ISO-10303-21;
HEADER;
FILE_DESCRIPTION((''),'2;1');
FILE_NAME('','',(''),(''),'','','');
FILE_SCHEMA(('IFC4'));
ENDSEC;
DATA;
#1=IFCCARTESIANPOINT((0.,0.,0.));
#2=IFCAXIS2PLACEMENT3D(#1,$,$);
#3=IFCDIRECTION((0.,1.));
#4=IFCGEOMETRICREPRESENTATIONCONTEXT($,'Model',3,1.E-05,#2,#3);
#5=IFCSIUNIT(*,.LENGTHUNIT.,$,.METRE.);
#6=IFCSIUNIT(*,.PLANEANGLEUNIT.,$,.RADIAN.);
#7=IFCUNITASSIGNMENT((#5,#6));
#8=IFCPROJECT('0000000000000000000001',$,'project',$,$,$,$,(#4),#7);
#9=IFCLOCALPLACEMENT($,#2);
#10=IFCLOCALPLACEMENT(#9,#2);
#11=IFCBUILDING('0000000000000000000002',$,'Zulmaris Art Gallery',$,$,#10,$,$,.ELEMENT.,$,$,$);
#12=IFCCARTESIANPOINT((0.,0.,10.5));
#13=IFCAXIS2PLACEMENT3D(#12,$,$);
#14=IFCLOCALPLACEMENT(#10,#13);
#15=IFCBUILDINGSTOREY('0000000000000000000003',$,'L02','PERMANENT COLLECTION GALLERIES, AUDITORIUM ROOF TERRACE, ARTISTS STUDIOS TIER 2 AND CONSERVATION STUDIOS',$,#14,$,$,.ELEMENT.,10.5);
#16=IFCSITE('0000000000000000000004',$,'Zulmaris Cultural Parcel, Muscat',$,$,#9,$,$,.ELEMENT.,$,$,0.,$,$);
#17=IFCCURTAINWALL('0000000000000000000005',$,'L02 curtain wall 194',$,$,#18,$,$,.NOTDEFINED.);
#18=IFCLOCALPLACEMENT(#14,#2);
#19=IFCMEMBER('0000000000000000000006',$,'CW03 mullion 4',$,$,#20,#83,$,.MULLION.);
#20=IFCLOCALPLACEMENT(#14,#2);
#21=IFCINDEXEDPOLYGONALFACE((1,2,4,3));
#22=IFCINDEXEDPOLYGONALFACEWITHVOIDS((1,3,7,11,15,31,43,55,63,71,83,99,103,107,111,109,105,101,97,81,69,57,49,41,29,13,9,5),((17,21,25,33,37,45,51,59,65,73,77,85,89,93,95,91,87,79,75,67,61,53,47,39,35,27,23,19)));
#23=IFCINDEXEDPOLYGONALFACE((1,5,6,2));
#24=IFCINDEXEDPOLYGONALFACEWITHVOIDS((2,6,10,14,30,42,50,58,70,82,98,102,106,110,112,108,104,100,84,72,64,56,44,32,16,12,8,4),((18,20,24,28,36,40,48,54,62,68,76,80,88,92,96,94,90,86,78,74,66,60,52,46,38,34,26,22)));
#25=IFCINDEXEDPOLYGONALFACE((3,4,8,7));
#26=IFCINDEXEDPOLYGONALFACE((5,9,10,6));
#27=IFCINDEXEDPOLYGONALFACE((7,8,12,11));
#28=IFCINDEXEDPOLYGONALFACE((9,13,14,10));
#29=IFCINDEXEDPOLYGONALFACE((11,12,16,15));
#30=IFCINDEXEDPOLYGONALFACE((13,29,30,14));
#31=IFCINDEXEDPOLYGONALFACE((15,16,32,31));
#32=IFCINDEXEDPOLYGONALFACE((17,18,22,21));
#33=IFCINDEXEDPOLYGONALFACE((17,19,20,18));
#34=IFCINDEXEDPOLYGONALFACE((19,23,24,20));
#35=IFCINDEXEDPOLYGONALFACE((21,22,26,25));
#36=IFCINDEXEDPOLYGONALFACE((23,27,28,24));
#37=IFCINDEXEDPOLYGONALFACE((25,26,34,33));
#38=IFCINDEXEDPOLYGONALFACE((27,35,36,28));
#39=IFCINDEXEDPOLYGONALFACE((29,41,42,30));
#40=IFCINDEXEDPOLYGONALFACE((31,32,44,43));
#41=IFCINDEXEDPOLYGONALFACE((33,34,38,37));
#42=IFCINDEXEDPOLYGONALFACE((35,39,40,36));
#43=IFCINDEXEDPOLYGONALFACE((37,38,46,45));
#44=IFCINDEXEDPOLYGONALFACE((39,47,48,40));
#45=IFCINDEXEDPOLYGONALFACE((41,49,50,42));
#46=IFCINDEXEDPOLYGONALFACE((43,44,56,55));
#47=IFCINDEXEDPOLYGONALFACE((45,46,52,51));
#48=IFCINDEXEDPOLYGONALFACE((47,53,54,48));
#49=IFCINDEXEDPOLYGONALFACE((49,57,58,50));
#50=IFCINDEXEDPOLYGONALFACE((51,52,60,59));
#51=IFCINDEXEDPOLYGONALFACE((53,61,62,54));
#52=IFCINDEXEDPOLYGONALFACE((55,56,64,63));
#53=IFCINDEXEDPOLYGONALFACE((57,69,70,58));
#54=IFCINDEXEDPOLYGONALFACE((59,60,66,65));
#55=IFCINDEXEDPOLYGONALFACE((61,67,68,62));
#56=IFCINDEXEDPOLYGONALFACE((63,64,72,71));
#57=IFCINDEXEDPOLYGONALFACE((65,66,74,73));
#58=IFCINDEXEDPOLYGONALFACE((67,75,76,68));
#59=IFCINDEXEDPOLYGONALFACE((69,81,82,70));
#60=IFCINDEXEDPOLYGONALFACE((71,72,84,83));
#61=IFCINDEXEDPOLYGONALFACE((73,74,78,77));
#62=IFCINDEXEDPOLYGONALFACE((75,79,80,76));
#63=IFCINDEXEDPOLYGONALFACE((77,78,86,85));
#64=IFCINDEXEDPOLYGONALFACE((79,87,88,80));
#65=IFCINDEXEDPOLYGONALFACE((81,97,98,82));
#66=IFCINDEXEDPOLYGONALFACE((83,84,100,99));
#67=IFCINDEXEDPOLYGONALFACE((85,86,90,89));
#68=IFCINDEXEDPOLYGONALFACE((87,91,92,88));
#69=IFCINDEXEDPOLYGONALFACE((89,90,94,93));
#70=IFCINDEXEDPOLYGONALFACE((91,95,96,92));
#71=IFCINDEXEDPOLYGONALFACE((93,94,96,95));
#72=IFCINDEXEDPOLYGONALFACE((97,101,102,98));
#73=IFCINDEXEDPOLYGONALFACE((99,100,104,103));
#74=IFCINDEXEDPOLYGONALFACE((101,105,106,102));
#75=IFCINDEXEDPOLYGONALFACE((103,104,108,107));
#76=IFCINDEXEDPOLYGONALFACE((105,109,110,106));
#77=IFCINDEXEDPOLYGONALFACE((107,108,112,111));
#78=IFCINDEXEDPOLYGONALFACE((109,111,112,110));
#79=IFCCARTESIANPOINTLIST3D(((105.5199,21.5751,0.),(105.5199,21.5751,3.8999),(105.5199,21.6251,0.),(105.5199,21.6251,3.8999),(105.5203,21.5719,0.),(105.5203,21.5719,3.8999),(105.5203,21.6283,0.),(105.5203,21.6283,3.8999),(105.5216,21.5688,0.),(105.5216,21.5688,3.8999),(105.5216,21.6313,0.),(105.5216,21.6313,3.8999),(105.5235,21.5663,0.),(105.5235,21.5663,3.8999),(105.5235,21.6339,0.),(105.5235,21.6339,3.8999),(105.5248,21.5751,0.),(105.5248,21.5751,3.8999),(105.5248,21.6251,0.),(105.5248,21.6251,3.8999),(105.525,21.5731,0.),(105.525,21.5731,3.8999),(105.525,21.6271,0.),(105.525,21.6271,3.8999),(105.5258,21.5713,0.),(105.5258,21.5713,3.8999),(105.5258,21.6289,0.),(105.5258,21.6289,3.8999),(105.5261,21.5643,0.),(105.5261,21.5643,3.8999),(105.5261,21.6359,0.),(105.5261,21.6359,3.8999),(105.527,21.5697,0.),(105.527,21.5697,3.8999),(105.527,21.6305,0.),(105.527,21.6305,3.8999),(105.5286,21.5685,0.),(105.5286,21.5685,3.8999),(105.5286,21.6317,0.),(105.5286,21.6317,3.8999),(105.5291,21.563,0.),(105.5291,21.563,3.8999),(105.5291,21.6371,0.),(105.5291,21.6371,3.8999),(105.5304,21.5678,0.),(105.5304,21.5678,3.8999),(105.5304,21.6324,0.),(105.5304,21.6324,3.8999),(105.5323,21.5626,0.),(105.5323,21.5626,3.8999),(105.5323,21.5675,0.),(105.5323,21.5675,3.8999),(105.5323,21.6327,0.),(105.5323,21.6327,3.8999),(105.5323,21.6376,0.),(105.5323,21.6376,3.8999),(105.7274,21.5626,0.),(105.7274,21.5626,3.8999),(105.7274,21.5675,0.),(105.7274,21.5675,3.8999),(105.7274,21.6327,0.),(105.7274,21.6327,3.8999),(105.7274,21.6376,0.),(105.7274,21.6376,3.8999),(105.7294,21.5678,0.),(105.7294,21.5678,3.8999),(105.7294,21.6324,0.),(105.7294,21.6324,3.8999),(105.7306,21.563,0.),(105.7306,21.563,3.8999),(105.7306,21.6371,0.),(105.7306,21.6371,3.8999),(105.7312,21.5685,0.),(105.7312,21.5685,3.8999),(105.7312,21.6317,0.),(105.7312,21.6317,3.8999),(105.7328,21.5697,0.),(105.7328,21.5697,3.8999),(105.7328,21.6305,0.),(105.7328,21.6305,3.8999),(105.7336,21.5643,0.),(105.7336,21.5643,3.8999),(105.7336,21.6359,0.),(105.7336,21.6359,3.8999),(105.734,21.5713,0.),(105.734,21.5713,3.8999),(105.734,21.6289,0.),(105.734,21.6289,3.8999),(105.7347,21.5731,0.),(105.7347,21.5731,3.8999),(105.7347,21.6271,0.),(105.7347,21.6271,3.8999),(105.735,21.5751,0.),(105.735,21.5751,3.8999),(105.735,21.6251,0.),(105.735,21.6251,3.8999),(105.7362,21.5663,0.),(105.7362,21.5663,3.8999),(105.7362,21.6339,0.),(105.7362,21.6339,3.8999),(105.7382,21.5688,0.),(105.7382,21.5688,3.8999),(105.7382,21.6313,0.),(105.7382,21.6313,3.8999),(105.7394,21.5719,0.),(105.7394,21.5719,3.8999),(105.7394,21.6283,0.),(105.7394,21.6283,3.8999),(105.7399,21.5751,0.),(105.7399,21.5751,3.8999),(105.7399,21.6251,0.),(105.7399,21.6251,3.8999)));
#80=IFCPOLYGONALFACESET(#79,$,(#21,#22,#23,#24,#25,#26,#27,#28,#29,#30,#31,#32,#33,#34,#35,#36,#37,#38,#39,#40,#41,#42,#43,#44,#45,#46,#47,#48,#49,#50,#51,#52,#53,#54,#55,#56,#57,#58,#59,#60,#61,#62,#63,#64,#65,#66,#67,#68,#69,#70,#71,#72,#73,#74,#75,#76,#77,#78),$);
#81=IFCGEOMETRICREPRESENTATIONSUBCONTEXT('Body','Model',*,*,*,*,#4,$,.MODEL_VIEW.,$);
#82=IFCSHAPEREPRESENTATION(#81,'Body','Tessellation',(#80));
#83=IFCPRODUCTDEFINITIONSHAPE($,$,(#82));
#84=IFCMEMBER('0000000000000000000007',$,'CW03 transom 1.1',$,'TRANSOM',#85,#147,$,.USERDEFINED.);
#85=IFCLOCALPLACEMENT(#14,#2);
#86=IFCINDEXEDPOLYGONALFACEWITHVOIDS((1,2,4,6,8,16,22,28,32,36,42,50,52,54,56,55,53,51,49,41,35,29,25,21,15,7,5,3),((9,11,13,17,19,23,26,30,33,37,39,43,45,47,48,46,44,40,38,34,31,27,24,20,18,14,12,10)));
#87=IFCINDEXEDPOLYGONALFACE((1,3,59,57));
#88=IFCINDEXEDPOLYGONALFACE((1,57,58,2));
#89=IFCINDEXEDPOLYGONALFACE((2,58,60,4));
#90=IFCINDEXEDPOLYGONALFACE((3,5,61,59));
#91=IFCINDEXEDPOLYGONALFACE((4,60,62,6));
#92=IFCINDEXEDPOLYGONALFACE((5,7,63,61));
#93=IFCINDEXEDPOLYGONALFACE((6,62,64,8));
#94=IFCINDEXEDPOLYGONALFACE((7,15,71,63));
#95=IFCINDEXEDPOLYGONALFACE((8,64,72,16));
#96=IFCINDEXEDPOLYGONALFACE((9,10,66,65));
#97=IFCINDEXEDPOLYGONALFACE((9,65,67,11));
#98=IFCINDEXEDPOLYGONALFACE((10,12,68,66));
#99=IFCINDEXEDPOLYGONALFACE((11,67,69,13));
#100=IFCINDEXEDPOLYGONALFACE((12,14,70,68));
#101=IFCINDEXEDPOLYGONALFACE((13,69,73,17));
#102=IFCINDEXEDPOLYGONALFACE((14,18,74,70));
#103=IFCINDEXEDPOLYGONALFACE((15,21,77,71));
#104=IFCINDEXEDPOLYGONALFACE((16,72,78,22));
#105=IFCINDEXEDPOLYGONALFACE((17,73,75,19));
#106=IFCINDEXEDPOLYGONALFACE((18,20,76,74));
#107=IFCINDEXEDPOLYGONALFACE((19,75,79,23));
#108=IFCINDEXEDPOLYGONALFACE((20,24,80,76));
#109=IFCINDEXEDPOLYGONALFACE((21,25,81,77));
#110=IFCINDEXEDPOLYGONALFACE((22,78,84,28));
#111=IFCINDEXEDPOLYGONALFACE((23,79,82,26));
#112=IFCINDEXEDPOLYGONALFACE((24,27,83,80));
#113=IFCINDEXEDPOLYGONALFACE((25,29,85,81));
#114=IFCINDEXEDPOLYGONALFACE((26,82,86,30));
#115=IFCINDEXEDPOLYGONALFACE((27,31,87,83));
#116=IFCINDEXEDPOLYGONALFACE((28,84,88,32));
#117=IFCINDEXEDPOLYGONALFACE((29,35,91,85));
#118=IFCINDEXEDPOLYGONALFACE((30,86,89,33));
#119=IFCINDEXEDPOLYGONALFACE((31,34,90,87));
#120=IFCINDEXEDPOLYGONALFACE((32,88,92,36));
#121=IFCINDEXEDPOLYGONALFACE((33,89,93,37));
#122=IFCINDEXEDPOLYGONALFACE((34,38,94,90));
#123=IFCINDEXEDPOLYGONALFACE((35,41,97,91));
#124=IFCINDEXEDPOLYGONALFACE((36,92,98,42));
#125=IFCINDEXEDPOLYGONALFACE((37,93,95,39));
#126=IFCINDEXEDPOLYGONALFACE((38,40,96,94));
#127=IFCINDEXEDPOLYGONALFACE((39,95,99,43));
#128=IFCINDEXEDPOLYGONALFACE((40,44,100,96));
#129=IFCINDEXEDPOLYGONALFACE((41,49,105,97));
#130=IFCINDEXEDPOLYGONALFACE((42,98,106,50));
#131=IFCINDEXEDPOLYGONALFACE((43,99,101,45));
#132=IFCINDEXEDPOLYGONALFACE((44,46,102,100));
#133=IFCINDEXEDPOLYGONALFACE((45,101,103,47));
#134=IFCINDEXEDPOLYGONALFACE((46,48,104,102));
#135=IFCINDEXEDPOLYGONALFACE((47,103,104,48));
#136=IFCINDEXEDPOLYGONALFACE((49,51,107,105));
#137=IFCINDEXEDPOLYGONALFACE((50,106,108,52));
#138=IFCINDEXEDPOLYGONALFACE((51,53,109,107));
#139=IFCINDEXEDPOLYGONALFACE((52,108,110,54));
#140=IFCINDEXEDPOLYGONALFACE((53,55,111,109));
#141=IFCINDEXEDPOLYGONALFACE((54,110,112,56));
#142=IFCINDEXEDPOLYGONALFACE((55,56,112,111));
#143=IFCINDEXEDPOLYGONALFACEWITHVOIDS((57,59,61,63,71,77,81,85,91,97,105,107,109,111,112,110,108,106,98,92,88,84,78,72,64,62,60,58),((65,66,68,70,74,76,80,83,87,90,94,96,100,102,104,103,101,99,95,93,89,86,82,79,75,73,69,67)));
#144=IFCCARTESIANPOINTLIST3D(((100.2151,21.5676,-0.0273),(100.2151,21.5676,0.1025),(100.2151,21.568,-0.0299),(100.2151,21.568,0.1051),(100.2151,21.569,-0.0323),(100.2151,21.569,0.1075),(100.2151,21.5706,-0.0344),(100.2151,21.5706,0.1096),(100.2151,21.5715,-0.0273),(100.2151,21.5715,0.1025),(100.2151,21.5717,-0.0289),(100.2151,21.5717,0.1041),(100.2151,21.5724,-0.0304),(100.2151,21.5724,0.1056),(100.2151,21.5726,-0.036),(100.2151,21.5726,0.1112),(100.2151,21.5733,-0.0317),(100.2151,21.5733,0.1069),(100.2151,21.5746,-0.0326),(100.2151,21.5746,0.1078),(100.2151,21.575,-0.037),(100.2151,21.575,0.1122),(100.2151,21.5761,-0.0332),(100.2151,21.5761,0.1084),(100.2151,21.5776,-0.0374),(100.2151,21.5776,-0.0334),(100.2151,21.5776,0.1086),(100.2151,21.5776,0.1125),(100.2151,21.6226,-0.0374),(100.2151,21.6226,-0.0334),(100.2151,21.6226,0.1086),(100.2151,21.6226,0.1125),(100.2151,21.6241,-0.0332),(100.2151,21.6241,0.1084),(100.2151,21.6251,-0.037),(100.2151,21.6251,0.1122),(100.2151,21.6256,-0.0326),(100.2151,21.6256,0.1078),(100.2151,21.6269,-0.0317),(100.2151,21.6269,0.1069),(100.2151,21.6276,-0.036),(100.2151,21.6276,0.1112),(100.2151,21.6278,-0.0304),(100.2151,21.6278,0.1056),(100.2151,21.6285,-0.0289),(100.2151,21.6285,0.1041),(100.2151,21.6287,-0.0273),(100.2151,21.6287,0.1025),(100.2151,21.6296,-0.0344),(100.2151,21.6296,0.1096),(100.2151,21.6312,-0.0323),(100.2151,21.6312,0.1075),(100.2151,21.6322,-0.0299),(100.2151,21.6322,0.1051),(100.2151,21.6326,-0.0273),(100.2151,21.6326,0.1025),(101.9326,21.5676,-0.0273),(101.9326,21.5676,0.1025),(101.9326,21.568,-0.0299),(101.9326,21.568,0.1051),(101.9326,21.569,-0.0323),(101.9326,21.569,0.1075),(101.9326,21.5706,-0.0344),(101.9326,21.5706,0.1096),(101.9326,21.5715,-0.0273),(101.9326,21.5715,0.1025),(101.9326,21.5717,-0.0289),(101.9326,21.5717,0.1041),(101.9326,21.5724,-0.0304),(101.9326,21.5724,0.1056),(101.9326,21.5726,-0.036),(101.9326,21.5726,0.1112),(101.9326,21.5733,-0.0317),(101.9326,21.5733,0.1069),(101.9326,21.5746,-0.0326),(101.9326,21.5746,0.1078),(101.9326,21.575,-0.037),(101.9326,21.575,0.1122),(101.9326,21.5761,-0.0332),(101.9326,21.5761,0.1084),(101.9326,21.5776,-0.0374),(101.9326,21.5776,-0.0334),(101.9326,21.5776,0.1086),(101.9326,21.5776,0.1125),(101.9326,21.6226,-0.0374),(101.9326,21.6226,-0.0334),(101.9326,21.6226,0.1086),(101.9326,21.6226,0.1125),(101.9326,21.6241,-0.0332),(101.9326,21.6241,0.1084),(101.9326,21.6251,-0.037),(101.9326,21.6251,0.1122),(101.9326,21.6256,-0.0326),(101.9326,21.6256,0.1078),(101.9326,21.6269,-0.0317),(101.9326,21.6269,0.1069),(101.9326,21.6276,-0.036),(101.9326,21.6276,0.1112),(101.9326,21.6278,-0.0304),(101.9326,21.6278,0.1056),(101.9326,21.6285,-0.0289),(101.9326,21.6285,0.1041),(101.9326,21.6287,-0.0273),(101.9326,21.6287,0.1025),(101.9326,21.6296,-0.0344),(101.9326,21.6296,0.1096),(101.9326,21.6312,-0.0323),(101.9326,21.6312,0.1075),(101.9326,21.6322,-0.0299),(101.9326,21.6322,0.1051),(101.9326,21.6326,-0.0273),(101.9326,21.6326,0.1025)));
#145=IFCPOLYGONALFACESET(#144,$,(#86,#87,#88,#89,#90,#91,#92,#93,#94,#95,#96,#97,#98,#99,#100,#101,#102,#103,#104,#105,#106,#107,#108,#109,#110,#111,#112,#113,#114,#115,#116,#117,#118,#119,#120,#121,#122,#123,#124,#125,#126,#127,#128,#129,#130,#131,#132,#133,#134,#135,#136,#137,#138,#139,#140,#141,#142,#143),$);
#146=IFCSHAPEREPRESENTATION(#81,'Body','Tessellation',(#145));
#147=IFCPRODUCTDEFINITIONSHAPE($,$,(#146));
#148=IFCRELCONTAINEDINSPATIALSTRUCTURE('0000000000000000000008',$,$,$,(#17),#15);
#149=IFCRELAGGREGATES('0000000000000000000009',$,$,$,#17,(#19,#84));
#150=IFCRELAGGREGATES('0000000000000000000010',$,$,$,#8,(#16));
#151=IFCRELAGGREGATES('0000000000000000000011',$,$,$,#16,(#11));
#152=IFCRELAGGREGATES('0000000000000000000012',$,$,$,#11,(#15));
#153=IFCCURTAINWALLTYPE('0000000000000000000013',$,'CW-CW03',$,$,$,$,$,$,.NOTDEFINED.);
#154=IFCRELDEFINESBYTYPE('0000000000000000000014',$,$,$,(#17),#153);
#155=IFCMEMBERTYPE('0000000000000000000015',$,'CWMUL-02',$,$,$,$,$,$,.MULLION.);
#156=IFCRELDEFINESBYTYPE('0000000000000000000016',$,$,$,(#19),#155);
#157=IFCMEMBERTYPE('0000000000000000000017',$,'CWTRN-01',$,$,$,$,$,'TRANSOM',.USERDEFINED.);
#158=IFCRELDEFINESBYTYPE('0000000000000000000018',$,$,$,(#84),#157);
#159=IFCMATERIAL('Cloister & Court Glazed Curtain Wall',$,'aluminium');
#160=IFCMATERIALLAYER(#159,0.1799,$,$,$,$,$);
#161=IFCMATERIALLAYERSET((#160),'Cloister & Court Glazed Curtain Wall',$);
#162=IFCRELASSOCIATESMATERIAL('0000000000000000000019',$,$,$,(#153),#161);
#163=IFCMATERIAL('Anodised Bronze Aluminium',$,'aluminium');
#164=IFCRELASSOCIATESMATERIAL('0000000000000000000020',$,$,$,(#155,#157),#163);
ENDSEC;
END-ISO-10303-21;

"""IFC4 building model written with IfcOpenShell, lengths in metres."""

from ifc_helpers import new_model, si_unit, direction, frame, origin, origin_2d, place, context, subcontext, project, spatial, hollow_rectangle, extrude, material, layer, layer_set, material_profile, profile_set, type_object, element, aggregate, save


model = new_model("IFC4")

# Units and contexts
model_context = context("Model", 3, precision=1e-05, world=origin(), true_north=direction((0.0, 1.0)))
body_context = subcontext(model_context, "Body", "Model", "MODEL_VIEW")
ifc_project = project(units=[si_unit("LENGTHUNIT", "METRE"), si_unit("PLANEANGLEUNIT", "RADIAN")], contexts=[model_context])

# Site, building, storey
site_placement = place(None, origin())
site = spatial("IfcSite", under=ifc_project, at=site_placement, Name="Zulmaris Cultural Parcel, Muscat", CompositionType="ELEMENT", RefElevation=0.0)
building_placement = place(site_placement, origin())
building = spatial("IfcBuilding", under=site, at=building_placement, Name="Zulmaris Art Gallery", CompositionType="ELEMENT")
storey_placement = place(building_placement, frame((0.0, 0.0, 10.5)))
storey = spatial("IfcBuildingStorey", under=building, at=storey_placement, Name="L02", Description="PERMANENT COLLECTION GALLERIES, AUDITORIUM ROOF TERRACE, ARTISTS STUDIOS TIER 2 AND CONSERVATION STUDIOS", CompositionType="ELEMENT", Elevation=10.5)

# Shared definitions
ifc_material_1 = material(Name="Cloister & Court Glazed Curtain Wall", Category="aluminium")
ifc_layer_1 = layer(ifc_material_1, 0.1799)
ifc_layer_set_1 = layer_set([ifc_layer_1], Name="Cloister & Court Glazed Curtain Wall")
curtain_wall_type = type_object("IfcCurtainWallType", Name="CW-CW03", PredefinedType="NOTDEFINED", material=ifc_layer_set_1)
ifc_material_2 = material(Name="Anodised Bronze Aluminium", Category="aluminium")
ifc_material_profile_1 = material_profile(ifc_material_2, hollow_rectangle(XDim=0.075, YDim=0.22, WallThickness=0.0049, InnerFilletRadius=0.0076, OuterFilletRadius=0.0125, at=origin_2d()), Name="ALU 75x220x5")
ifc_profile_set_1 = profile_set([ifc_material_profile_1], Name="Anodised Bronze Aluminium")
member_type_1 = type_object("IfcMemberType", Name="CWMUL-02", PredefinedType="MULLION", material=ifc_profile_set_1)

# Curtain wall, members
curtain_wall_1_placement = place(storey_placement, origin())
curtain_wall_1 = element("IfcCurtainWall", 1, at=curtain_wall_1_placement, inside=storey, type_object=curtain_wall_type, Name="L02 curtain wall 194", PredefinedType="NOTDEFINED")
member_1_placement = place(storey_placement, frame((105.6299, 21.6001, 0.0), z_axis=(0.0, 0.0, 1.0), x_axis=(0.0, 1.0, 0.0)))
member_1 = element("IfcMember", 2, at=member_1_placement, type_object=member_type_1, Name="CW03 mullion 4", PredefinedType="MULLION", context=body_context, shape_type="SweptSolid", body=[
    extrude(hollow_rectangle(XDim=0.075, YDim=0.22, WallThickness=0.0049, InnerFilletRadius=0.0076, OuterFilletRadius=0.0125, at=origin_2d()), origin(), (0.0, 0.0, 1.0), 3.8999),
])
ifc_material_profile_2 = material_profile(ifc_material_2, hollow_rectangle(XDim=0.0649, YDim=0.1499, WallThickness=0.0039, InnerFilletRadius=0.0061, OuterFilletRadius=0.01, at=origin_2d()), Name="ALU 65x150x4")
ifc_profile_set_2 = profile_set([ifc_material_profile_2], Name="Anodised Bronze Aluminium")
member_type_2 = type_object("IfcMemberType", Name="CWTRN-01", ElementType="TRANSOM", PredefinedType="USERDEFINED", material=ifc_profile_set_2)
member_2_placement = place(storey_placement, frame((100.2151, 21.6001, 0.0376), z_axis=(1.0, 0.0, 0.0), x_axis=(0.0, 1.0, 0.0)))
member_2 = element("IfcMember", 3, at=member_2_placement, type_object=member_type_2, Name="CW03 transom 1.1", ObjectType="TRANSOM", PredefinedType="USERDEFINED", context=body_context, shape_type="SweptSolid", body=[
    extrude(hollow_rectangle(XDim=0.0649, YDim=0.1499, WallThickness=0.0039, InnerFilletRadius=0.0061, OuterFilletRadius=0.01, at=origin_2d()), origin(), (0.0, 0.0, 1.0), 1.7175),
])
aggregate(curtain_wall_1, [member_1, member_2])

save(model, "model.ifc")
